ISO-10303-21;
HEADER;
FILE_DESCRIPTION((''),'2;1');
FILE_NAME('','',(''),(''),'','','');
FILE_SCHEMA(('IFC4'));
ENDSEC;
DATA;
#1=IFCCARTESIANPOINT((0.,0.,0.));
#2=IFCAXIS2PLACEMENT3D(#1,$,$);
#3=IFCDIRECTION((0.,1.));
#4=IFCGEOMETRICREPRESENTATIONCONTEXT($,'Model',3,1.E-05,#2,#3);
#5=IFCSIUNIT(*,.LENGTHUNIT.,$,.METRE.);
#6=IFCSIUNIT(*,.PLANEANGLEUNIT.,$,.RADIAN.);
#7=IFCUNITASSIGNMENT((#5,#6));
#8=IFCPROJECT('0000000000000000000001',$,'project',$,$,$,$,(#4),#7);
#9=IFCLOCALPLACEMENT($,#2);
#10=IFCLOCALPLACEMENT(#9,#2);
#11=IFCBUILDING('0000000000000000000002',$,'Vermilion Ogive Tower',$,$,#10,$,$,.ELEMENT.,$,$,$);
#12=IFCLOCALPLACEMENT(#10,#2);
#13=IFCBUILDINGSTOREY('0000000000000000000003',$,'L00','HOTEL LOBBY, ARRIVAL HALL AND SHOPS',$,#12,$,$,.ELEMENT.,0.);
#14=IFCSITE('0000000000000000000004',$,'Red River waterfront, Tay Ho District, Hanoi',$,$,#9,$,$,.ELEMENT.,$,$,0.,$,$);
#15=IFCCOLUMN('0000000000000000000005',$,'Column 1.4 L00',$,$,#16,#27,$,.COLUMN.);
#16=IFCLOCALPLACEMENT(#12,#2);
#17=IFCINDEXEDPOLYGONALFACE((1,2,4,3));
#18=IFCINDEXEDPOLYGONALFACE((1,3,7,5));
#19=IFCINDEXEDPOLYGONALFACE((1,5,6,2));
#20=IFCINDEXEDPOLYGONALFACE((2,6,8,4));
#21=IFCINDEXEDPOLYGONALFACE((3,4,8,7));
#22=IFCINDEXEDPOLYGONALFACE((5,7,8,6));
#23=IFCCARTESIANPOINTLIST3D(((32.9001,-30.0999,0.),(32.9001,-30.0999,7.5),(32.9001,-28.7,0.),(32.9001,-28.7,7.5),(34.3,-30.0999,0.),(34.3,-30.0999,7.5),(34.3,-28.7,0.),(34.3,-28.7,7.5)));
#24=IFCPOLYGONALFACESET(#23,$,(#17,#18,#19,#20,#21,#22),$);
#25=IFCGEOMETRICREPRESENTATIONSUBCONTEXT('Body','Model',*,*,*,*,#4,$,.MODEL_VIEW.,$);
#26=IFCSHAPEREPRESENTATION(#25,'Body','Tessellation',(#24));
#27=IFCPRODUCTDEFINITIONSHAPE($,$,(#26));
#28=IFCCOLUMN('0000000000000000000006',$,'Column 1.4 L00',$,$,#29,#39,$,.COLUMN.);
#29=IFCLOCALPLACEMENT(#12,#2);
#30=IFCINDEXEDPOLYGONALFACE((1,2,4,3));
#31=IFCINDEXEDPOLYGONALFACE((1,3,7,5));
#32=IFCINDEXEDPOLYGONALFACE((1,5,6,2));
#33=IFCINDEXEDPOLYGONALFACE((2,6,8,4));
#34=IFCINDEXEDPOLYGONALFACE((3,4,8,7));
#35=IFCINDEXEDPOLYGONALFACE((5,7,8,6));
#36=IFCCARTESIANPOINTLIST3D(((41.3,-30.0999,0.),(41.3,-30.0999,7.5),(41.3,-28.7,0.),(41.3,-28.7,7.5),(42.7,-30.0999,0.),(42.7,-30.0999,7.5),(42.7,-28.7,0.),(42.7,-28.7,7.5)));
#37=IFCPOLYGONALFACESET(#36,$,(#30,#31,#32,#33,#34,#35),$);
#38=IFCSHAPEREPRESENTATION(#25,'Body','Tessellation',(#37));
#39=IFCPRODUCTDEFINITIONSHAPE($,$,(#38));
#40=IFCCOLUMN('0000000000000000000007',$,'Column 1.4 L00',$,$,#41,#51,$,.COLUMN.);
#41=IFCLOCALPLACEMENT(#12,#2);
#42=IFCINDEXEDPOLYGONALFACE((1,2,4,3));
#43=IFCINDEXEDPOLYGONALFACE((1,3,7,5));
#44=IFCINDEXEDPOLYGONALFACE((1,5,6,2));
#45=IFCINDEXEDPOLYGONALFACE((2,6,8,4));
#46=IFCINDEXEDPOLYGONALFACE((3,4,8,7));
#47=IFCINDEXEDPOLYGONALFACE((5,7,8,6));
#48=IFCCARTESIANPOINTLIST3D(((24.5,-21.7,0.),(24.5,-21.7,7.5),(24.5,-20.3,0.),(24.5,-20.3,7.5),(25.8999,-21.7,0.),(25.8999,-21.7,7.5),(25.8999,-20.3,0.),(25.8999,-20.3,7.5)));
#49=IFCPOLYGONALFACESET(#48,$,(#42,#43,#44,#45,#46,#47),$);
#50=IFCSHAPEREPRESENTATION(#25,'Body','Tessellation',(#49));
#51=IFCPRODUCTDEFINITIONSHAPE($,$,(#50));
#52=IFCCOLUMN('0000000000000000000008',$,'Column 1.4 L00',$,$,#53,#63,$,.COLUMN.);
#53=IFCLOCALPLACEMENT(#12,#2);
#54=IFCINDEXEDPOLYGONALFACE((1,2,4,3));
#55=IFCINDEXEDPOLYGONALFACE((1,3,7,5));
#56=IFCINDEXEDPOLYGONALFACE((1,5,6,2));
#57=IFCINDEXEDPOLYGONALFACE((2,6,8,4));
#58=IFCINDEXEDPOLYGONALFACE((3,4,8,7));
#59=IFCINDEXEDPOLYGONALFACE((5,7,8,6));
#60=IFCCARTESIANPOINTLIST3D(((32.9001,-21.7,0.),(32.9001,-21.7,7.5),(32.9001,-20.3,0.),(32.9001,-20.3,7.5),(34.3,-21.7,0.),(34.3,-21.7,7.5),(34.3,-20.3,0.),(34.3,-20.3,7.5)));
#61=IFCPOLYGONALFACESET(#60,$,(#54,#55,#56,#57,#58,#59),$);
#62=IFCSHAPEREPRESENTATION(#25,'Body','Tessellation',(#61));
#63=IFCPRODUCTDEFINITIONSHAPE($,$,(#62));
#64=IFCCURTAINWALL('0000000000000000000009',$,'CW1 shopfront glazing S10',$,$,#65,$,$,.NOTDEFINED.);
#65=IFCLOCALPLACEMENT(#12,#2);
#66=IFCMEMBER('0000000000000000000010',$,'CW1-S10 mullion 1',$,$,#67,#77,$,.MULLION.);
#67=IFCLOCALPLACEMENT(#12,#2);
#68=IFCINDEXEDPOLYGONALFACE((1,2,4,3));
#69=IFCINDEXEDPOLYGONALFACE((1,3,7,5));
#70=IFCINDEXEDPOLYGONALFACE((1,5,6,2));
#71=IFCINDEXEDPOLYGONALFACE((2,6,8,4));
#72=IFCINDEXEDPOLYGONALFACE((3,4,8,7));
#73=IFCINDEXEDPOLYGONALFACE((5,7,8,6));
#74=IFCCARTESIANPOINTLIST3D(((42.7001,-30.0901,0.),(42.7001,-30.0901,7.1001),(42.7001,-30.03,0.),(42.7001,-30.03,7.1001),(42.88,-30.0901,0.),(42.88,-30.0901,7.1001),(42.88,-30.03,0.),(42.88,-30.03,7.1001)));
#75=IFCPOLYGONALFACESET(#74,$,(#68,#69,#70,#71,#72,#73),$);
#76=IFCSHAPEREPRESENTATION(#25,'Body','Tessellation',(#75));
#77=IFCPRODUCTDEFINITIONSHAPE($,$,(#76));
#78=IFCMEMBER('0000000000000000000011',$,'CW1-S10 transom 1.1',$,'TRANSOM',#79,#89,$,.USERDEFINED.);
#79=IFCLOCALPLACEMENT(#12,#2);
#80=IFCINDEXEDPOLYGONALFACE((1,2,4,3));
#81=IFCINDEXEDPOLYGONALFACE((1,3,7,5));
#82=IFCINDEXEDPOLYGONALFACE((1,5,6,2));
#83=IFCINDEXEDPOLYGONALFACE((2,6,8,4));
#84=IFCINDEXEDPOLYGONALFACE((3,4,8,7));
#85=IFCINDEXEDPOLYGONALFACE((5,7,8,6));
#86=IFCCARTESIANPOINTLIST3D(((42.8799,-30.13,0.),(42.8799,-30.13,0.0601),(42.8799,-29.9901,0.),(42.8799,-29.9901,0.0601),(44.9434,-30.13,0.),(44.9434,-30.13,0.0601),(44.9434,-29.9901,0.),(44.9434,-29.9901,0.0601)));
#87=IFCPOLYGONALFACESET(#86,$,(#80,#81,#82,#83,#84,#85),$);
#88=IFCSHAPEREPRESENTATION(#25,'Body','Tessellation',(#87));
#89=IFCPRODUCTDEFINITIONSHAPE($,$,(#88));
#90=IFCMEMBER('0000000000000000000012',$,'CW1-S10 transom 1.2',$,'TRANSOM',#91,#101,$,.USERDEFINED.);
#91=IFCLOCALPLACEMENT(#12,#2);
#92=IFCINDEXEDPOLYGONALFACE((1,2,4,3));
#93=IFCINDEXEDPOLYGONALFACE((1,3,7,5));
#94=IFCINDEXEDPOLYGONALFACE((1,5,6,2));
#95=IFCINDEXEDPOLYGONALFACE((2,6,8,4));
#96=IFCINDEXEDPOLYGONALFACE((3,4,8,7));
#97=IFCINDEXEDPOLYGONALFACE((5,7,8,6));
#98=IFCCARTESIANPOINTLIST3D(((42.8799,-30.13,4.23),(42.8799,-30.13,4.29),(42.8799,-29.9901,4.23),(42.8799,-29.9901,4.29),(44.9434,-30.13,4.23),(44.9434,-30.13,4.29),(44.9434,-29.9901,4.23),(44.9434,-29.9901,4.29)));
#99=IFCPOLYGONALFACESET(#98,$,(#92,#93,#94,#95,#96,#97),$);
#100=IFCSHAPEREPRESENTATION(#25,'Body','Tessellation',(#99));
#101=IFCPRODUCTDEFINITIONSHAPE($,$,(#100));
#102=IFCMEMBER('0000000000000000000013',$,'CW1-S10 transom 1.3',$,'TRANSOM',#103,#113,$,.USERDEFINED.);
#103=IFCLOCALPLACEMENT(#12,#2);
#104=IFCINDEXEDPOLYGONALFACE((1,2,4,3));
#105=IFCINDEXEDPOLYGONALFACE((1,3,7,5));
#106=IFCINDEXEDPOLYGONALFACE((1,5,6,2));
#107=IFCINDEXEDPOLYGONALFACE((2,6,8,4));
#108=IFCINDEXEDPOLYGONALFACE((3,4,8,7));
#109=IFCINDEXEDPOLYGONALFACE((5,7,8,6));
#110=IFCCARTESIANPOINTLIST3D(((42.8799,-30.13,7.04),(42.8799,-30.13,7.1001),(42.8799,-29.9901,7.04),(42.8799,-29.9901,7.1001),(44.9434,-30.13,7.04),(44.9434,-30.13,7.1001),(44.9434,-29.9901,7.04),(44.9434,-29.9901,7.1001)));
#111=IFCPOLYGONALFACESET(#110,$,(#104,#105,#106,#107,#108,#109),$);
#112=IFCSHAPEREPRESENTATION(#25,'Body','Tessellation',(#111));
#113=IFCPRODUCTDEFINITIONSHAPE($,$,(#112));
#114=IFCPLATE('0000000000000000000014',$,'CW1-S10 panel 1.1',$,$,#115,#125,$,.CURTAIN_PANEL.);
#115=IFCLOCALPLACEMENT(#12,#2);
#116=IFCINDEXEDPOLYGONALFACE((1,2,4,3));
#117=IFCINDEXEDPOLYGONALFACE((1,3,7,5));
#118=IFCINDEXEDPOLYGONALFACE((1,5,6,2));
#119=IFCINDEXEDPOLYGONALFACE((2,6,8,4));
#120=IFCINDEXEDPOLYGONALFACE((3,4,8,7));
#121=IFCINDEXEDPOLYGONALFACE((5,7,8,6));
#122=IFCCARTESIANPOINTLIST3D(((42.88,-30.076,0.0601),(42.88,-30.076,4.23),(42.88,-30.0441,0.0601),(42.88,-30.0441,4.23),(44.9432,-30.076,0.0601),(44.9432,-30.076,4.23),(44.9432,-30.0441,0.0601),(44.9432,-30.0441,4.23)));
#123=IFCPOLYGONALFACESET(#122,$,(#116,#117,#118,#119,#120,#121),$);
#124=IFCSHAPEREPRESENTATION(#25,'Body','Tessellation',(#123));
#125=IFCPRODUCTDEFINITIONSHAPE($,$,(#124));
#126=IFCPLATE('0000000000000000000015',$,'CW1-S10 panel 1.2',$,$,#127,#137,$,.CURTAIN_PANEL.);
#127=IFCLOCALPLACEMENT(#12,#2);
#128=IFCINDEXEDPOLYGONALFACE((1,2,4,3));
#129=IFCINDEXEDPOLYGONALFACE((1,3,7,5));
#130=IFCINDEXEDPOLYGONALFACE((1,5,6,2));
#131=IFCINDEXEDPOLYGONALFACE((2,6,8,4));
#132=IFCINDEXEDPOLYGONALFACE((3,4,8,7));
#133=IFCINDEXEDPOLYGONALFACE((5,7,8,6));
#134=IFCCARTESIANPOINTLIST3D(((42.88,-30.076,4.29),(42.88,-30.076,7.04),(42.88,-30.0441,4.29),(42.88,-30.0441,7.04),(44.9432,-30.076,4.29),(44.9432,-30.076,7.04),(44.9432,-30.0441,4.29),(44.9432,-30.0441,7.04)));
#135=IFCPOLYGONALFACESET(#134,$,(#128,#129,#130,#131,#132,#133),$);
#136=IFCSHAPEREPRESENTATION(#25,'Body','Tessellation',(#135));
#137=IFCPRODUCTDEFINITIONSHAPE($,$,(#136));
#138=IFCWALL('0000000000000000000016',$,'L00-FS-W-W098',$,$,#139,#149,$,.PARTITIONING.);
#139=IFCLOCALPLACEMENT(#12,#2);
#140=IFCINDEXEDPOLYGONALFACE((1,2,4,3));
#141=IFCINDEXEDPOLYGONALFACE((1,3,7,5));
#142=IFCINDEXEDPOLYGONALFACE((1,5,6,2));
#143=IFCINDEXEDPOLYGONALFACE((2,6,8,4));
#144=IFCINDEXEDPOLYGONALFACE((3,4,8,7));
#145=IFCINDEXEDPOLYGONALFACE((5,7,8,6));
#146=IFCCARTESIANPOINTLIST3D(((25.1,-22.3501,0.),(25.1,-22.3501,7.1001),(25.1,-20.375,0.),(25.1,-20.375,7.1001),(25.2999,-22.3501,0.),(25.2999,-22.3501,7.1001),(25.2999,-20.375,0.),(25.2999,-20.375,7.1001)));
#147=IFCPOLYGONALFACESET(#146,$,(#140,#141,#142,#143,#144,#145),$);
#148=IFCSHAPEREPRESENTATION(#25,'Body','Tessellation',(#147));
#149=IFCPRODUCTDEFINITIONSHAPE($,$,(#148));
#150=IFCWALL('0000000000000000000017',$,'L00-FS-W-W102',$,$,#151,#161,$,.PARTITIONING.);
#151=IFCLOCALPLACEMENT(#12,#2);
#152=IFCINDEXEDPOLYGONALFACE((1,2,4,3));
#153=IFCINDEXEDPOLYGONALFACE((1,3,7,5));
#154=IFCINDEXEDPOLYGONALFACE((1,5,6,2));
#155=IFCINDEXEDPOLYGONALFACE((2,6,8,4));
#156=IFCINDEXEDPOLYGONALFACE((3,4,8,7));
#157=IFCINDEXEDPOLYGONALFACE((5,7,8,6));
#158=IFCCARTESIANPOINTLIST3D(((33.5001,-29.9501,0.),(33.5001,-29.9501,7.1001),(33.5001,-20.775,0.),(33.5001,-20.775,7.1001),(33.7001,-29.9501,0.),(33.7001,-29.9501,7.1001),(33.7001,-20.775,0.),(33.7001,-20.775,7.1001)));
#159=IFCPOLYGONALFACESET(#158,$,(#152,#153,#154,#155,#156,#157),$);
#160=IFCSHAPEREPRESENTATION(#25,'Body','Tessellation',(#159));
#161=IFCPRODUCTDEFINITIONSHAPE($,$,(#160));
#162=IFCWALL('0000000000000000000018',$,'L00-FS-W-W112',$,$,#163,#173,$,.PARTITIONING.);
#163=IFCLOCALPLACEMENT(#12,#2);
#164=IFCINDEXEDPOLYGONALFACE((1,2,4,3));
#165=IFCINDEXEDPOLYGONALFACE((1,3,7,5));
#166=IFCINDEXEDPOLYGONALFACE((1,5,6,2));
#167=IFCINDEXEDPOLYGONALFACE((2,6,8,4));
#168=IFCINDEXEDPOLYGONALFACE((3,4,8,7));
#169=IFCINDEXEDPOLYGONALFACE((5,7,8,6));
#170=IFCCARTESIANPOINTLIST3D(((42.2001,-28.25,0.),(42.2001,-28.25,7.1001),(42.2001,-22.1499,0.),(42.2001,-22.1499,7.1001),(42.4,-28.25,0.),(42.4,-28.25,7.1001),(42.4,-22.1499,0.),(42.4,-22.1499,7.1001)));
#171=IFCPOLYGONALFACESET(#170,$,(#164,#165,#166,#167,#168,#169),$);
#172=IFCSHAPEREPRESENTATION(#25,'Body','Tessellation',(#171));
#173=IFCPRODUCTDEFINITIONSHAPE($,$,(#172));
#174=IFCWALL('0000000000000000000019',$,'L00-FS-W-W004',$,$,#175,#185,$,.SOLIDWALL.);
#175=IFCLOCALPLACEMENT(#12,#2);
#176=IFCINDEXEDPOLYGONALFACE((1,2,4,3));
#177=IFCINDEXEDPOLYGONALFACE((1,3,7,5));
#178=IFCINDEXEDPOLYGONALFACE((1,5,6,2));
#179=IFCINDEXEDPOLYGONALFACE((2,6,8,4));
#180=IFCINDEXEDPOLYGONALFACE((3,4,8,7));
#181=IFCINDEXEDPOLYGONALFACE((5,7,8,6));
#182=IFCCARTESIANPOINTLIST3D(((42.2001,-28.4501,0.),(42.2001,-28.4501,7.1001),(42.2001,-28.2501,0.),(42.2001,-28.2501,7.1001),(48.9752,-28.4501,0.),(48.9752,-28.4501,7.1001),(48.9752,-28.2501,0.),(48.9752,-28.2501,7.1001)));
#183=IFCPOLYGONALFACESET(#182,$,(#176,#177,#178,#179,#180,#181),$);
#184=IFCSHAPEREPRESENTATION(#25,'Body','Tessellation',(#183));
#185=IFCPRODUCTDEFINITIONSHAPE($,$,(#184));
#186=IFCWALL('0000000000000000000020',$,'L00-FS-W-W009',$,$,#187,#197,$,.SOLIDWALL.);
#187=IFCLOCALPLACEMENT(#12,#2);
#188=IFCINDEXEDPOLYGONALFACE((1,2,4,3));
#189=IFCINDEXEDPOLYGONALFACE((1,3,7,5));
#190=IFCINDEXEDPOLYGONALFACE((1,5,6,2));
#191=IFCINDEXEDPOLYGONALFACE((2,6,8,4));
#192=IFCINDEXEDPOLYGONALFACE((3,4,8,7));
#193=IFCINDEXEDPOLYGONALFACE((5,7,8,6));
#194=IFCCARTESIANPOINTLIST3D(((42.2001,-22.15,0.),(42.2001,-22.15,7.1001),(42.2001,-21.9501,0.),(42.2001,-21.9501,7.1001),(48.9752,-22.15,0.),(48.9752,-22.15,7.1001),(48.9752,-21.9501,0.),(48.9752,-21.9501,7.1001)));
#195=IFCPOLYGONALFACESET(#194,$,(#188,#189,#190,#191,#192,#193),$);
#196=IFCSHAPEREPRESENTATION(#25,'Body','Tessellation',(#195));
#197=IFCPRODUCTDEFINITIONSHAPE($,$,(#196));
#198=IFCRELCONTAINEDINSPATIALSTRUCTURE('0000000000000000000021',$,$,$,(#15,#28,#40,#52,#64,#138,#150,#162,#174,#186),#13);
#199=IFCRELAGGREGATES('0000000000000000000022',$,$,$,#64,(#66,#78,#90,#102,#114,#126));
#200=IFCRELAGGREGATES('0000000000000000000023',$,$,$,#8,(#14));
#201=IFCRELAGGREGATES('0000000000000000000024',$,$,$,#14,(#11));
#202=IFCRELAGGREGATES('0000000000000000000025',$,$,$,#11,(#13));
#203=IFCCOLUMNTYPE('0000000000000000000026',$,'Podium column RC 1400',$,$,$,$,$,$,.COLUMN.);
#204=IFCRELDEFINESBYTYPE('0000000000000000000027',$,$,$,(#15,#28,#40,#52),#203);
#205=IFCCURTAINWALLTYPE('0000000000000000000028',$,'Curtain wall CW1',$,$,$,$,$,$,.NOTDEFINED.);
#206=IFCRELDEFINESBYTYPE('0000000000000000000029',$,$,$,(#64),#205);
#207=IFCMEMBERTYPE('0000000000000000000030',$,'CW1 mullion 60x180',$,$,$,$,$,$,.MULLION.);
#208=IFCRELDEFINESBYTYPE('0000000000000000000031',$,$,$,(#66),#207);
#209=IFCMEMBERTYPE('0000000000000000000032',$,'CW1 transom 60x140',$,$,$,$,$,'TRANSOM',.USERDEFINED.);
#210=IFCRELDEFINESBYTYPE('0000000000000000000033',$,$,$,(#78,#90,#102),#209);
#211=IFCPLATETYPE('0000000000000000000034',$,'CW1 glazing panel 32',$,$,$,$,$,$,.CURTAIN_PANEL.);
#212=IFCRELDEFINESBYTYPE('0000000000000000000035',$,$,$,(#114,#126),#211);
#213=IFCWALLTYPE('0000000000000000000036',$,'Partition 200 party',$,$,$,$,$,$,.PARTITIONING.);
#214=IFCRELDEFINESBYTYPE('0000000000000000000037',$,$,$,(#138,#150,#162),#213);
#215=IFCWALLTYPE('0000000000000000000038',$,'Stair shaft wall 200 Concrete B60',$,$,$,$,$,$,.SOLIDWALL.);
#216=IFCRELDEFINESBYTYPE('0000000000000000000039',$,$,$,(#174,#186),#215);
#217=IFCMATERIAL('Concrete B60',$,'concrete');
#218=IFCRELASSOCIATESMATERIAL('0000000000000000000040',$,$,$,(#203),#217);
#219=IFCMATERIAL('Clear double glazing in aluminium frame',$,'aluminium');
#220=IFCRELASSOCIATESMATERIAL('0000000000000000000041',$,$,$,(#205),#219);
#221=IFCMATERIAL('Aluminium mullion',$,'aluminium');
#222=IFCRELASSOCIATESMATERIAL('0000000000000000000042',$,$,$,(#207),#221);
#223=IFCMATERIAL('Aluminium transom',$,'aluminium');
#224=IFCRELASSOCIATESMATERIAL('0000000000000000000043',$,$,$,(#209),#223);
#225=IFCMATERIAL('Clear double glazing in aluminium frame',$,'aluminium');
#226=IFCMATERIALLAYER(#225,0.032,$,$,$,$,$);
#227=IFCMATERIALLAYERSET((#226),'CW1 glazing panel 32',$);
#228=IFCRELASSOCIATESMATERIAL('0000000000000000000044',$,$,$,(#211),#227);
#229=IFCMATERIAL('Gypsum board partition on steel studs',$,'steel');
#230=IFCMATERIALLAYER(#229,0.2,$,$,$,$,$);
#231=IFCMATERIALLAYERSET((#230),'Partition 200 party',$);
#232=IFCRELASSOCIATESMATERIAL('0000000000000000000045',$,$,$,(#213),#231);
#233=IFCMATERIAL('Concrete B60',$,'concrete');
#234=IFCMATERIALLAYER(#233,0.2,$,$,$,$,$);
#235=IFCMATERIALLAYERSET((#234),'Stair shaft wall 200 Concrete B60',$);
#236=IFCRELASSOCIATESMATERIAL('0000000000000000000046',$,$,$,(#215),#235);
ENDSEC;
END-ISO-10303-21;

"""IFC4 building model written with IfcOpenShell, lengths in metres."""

from ifc_helpers import new_model, si_unit, direction, frame, frame_2d, origin, origin_2d, place, context, subcontext, project, spatial, rectangle, extrude, material, layer, layer_set, material_profile, profile_set, type_object, element, aggregate, save


model = new_model("IFC4")

# Units and contexts
model_context = context("Model", 3, precision=1e-05, world=origin(), true_north=direction((0.0, 1.0)))
body_context = subcontext(model_context, "Body", "Model", "MODEL_VIEW")
ifc_project = project(units=[si_unit("LENGTHUNIT", "METRE"), si_unit("PLANEANGLEUNIT", "RADIAN")], contexts=[model_context])

# Site, building, storey
site_placement = place(None, origin())
site = spatial("IfcSite", under=ifc_project, at=site_placement, Name="Red River waterfront, Tay Ho District, Hanoi", CompositionType="ELEMENT", RefElevation=0.0)
building_placement = place(site_placement, origin())
building = spatial("IfcBuilding", under=site, at=building_placement, Name="Vermilion Ogive Tower", CompositionType="ELEMENT")
storey_placement = place(building_placement, origin())
storey = spatial("IfcBuildingStorey", under=building, at=storey_placement, Name="L00", Description="HOTEL LOBBY, ARRIVAL HALL AND SHOPS", CompositionType="ELEMENT", Elevation=0.0)

# Columns
ifc_material_1 = material(Name="Concrete B60", Category="concrete")
ifc_material_profile_1 = material_profile(ifc_material_1, rectangle(XDim=1.3999, YDim=1.3999, at=origin_2d()), Name="RC 1400x1400")
ifc_profile_set_1 = profile_set([ifc_material_profile_1], Name="Concrete B60")
column_type = type_object("IfcColumnType", Name="Podium column RC 1400", PredefinedType="COLUMN", material=ifc_profile_set_1)
for number, where, z_axis, x_axis, name in (
    (1, (33.6001, -29.3999, 0.0), (0.0, 0.0, 1.0), (1.0, 0.0, 0.0), "Column 1.4 L00"),
    (2, (42.0, -29.3999, 0.0), (0.0, 0.0, 1.0), (1.0, 0.0, 0.0), "Column 1.4 L00"),
    (3, (25.2, -21.0, 0.0), (0.0, 0.0, 1.0), (1.0, 0.0, 0.0), "Column 1.4 L00"),
    (4, (33.6001, -21.0, 0.0), (0.0, 0.0, 1.0), (1.0, 0.0, 0.0), "Column 1.4 L00"),
):
    element("IfcColumn", number, at=place(storey_placement, frame(where, z_axis=z_axis, x_axis=x_axis)), inside=storey, type_object=column_type, Name=name, PredefinedType="COLUMN", context=body_context, shape_type="SweptSolid", body=[
        extrude(rectangle(XDim=1.3999, YDim=1.3999, at=origin_2d()), origin(), (0.0, 0.0, 1.0), 7.5),
    ])

# Curtain wall, members, plates
ifc_material_2 = material(Name="Clear double glazing in aluminium frame", Category="aluminium")
curtain_wall_type = type_object("IfcCurtainWallType", Name="Curtain wall CW1", PredefinedType="NOTDEFINED", material=ifc_material_2)
curtain_wall_placement = place(storey_placement, origin())
curtain_wall = element("IfcCurtainWall", 5, at=curtain_wall_placement, inside=storey, type_object=curtain_wall_type, Name="CW1 shopfront glazing S10", PredefinedType="NOTDEFINED")
ifc_material_3 = material(Name="Aluminium mullion", Category="aluminium")
ifc_material_profile_2 = material_profile(ifc_material_3, rectangle(XDim=0.0601, YDim=0.1799, at=origin_2d()), Name="AL 60x180")
ifc_profile_set_2 = profile_set([ifc_material_profile_2], Name="Aluminium mullion")
member_type_1 = type_object("IfcMemberType", Name="CW1 mullion 60x180", PredefinedType="MULLION", material=ifc_profile_set_2)
member_1_placement = place(storey_placement, frame((42.79, -30.0601, 0.0), z_axis=(0.0, 0.0, 1.0), x_axis=(0.0, 1.0, 0.0)))
member_1 = element("IfcMember", 6, at=member_1_placement, type_object=member_type_1, Name="CW1-S10 mullion 1", PredefinedType="MULLION", context=body_context, shape_type="SweptSolid", body=[
    extrude(rectangle(XDim=0.0601, YDim=0.1799, at=origin_2d()), origin(), (0.0, 0.0, 1.0), 7.1001),
])
ifc_material_4 = material(Name="Aluminium transom", Category="aluminium")
ifc_material_profile_3 = material_profile(ifc_material_4, rectangle(XDim=0.1399, YDim=0.0601, at=origin_2d()), Name="AL 60x140")
ifc_profile_set_3 = profile_set([ifc_material_profile_3], Name="Aluminium transom")
member_type_2 = type_object("IfcMemberType", Name="CW1 transom 60x140", ElementType="TRANSOM", PredefinedType="USERDEFINED", material=ifc_profile_set_3)
member_2_placement = place(storey_placement, frame((42.8799, -30.0601, 0.03), z_axis=(1.0, 0.0, 0.0), x_axis=(0.0, 1.0, 0.0)))
member_2 = element("IfcMember", 7, at=member_2_placement, type_object=member_type_2, Name="CW1-S10 transom 1.1", ObjectType="TRANSOM", PredefinedType="USERDEFINED", context=body_context, shape_type="SweptSolid", body=[
    extrude(rectangle(XDim=0.1399, YDim=0.0601, at=origin_2d()), origin(), (0.0, 0.0, 1.0), 2.0635),
])
member_3_placement = place(storey_placement, frame((42.8799, -30.0601, 4.26), z_axis=(1.0, 0.0, 0.0), x_axis=(0.0, 1.0, 0.0)))
member_3 = element("IfcMember", 8, at=member_3_placement, type_object=member_type_2, Name="CW1-S10 transom 1.2", ObjectType="TRANSOM", PredefinedType="USERDEFINED", context=body_context, shape_type="SweptSolid", body=[
    extrude(rectangle(XDim=0.1399, YDim=0.0601, at=origin_2d()), origin(), (0.0, 0.0, 1.0), 2.0635),
])
member_4_placement = place(storey_placement, frame((42.8799, -30.0601, 7.0701), z_axis=(1.0, 0.0, 0.0), x_axis=(0.0, 1.0, 0.0)))
member_4 = element("IfcMember", 9, at=member_4_placement, type_object=member_type_2, Name="CW1-S10 transom 1.3", ObjectType="TRANSOM", PredefinedType="USERDEFINED", context=body_context, shape_type="SweptSolid", body=[
    extrude(rectangle(XDim=0.1399, YDim=0.0601, at=origin_2d()), origin(), (0.0, 0.0, 1.0), 2.0635),
])
ifc_material_5 = material(Name="Clear double glazing in aluminium frame", Category="aluminium")
ifc_layer_1 = layer(ifc_material_5, 0.032)
ifc_layer_set_1 = layer_set([ifc_layer_1], Name="CW1 glazing panel 32")
plate_type = type_object("IfcPlateType", Name="CW1 glazing panel 32", PredefinedType="CURTAIN_PANEL", material=ifc_layer_set_1)
plate_1_placement = place(storey_placement, frame((43.9116, -30.0601, 0.0601), z_axis=(0.0, 0.0, 1.0), x_axis=(1.0, 0.0, 0.0)))
plate_1 = element("IfcPlate", 10, at=plate_1_placement, type_object=plate_type, Name="CW1-S10 panel 1.1", PredefinedType="CURTAIN_PANEL", context=body_context, shape_type="SweptSolid", body=[
    extrude(rectangle(XDim=2.0632, YDim=0.032, at=origin_2d()), origin(), (0.0, 0.0, 1.0), 4.1699),
])
plate_2_placement = place(storey_placement, frame((43.9116, -30.0601, 4.29), z_axis=(0.0, 0.0, 1.0), x_axis=(1.0, 0.0, 0.0)))
plate_2 = element("IfcPlate", 11, at=plate_2_placement, type_object=plate_type, Name="CW1-S10 panel 1.2", PredefinedType="CURTAIN_PANEL", context=body_context, shape_type="SweptSolid", body=[
    extrude(rectangle(XDim=2.0632, YDim=0.032, at=origin_2d()), origin(), (0.0, 0.0, 1.0), 2.75),
])
aggregate(curtain_wall, [member_1, member_2, member_3, member_4, plate_1, plate_2])

# Walls
ifc_material_6 = material(Name="Gypsum board partition on steel studs", Category="steel")
ifc_layer_2 = layer(ifc_material_6, 0.2)
ifc_layer_set_2 = layer_set([ifc_layer_2], Name="Partition 200 party")
wall_type_1 = type_object("IfcWallType", Name="Partition 200 party", PredefinedType="PARTITIONING", material=ifc_layer_set_2)
wall_1_placement = place(storey_placement, frame((25.2, -22.3501, 0.0), z_axis=(0.0, 0.0, 1.0), x_axis=(0.0, 1.0, 0.0)))
element("IfcWall", 12, at=wall_1_placement, inside=storey, type_object=wall_type_1, Name="L00-FS-W-W098", PredefinedType="PARTITIONING", context=body_context, shape_type="SweptSolid", body=[
    extrude(rectangle(XDim=1.9751, YDim=0.2, at=frame_2d((0.9875, 0.0))), origin(), (0.0, 0.0, 1.0), 7.1001),
])
wall_2_placement = place(storey_placement, frame((33.6001, -29.95, 0.0), z_axis=(0.0, 0.0, 1.0), x_axis=(0.0, 1.0, 0.0)))
element("IfcWall", 13, at=wall_2_placement, inside=storey, type_object=wall_type_1, Name="L00-FS-W-W102", PredefinedType="PARTITIONING", context=body_context, shape_type="SweptSolid", body=[
    extrude(rectangle(XDim=9.175, YDim=0.2, at=frame_2d((4.5874, 0.0))), origin(), (0.0, 0.0, 1.0), 7.1001),
])
wall_3_placement = place(storey_placement, frame((42.3, -28.25, 0.0), z_axis=(0.0, 0.0, 1.0), x_axis=(0.0, 1.0, 0.0)))
element("IfcWall", 14, at=wall_3_placement, inside=storey, type_object=wall_type_1, Name="L00-FS-W-W112", PredefinedType="PARTITIONING", context=body_context, shape_type="SweptSolid", body=[
    extrude(rectangle(XDim=6.1001, YDim=0.2, at=frame_2d((3.05, 0.0))), origin(), (0.0, 0.0, 1.0), 7.1001),
])
ifc_material_7 = material(Name="Concrete B60", Category="concrete")
ifc_layer_3 = layer(ifc_material_7, 0.2)
ifc_layer_set_3 = layer_set([ifc_layer_3], Name="Stair shaft wall 200 Concrete B60")
wall_type_2 = type_object("IfcWallType", Name="Stair shaft wall 200 Concrete B60", PredefinedType="SOLIDWALL", material=ifc_layer_set_3)
for number, where, z_axis, x_axis, name in (
    (15, (42.2, -28.3501, 0.0), (0.0, 0.0, 1.0), (1.0, 0.0, 0.0), "L00-FS-W-W004"),
    (16, (42.2, -22.05, 0.0), (0.0, 0.0, 1.0), (1.0, 0.0, 0.0), "L00-FS-W-W009"),
):
    element("IfcWall", number, at=place(storey_placement, frame(where, z_axis=z_axis, x_axis=x_axis)), inside=storey, type_object=wall_type_2, Name=name, PredefinedType="SOLIDWALL", context=body_context, shape_type="SweptSolid", body=[
        extrude(rectangle(XDim=6.7751, YDim=0.2, at=frame_2d((3.3877, 0.0))), origin(), (0.0, 0.0, 1.0), 7.1001),
    ])

save(model, "model.ifc")
